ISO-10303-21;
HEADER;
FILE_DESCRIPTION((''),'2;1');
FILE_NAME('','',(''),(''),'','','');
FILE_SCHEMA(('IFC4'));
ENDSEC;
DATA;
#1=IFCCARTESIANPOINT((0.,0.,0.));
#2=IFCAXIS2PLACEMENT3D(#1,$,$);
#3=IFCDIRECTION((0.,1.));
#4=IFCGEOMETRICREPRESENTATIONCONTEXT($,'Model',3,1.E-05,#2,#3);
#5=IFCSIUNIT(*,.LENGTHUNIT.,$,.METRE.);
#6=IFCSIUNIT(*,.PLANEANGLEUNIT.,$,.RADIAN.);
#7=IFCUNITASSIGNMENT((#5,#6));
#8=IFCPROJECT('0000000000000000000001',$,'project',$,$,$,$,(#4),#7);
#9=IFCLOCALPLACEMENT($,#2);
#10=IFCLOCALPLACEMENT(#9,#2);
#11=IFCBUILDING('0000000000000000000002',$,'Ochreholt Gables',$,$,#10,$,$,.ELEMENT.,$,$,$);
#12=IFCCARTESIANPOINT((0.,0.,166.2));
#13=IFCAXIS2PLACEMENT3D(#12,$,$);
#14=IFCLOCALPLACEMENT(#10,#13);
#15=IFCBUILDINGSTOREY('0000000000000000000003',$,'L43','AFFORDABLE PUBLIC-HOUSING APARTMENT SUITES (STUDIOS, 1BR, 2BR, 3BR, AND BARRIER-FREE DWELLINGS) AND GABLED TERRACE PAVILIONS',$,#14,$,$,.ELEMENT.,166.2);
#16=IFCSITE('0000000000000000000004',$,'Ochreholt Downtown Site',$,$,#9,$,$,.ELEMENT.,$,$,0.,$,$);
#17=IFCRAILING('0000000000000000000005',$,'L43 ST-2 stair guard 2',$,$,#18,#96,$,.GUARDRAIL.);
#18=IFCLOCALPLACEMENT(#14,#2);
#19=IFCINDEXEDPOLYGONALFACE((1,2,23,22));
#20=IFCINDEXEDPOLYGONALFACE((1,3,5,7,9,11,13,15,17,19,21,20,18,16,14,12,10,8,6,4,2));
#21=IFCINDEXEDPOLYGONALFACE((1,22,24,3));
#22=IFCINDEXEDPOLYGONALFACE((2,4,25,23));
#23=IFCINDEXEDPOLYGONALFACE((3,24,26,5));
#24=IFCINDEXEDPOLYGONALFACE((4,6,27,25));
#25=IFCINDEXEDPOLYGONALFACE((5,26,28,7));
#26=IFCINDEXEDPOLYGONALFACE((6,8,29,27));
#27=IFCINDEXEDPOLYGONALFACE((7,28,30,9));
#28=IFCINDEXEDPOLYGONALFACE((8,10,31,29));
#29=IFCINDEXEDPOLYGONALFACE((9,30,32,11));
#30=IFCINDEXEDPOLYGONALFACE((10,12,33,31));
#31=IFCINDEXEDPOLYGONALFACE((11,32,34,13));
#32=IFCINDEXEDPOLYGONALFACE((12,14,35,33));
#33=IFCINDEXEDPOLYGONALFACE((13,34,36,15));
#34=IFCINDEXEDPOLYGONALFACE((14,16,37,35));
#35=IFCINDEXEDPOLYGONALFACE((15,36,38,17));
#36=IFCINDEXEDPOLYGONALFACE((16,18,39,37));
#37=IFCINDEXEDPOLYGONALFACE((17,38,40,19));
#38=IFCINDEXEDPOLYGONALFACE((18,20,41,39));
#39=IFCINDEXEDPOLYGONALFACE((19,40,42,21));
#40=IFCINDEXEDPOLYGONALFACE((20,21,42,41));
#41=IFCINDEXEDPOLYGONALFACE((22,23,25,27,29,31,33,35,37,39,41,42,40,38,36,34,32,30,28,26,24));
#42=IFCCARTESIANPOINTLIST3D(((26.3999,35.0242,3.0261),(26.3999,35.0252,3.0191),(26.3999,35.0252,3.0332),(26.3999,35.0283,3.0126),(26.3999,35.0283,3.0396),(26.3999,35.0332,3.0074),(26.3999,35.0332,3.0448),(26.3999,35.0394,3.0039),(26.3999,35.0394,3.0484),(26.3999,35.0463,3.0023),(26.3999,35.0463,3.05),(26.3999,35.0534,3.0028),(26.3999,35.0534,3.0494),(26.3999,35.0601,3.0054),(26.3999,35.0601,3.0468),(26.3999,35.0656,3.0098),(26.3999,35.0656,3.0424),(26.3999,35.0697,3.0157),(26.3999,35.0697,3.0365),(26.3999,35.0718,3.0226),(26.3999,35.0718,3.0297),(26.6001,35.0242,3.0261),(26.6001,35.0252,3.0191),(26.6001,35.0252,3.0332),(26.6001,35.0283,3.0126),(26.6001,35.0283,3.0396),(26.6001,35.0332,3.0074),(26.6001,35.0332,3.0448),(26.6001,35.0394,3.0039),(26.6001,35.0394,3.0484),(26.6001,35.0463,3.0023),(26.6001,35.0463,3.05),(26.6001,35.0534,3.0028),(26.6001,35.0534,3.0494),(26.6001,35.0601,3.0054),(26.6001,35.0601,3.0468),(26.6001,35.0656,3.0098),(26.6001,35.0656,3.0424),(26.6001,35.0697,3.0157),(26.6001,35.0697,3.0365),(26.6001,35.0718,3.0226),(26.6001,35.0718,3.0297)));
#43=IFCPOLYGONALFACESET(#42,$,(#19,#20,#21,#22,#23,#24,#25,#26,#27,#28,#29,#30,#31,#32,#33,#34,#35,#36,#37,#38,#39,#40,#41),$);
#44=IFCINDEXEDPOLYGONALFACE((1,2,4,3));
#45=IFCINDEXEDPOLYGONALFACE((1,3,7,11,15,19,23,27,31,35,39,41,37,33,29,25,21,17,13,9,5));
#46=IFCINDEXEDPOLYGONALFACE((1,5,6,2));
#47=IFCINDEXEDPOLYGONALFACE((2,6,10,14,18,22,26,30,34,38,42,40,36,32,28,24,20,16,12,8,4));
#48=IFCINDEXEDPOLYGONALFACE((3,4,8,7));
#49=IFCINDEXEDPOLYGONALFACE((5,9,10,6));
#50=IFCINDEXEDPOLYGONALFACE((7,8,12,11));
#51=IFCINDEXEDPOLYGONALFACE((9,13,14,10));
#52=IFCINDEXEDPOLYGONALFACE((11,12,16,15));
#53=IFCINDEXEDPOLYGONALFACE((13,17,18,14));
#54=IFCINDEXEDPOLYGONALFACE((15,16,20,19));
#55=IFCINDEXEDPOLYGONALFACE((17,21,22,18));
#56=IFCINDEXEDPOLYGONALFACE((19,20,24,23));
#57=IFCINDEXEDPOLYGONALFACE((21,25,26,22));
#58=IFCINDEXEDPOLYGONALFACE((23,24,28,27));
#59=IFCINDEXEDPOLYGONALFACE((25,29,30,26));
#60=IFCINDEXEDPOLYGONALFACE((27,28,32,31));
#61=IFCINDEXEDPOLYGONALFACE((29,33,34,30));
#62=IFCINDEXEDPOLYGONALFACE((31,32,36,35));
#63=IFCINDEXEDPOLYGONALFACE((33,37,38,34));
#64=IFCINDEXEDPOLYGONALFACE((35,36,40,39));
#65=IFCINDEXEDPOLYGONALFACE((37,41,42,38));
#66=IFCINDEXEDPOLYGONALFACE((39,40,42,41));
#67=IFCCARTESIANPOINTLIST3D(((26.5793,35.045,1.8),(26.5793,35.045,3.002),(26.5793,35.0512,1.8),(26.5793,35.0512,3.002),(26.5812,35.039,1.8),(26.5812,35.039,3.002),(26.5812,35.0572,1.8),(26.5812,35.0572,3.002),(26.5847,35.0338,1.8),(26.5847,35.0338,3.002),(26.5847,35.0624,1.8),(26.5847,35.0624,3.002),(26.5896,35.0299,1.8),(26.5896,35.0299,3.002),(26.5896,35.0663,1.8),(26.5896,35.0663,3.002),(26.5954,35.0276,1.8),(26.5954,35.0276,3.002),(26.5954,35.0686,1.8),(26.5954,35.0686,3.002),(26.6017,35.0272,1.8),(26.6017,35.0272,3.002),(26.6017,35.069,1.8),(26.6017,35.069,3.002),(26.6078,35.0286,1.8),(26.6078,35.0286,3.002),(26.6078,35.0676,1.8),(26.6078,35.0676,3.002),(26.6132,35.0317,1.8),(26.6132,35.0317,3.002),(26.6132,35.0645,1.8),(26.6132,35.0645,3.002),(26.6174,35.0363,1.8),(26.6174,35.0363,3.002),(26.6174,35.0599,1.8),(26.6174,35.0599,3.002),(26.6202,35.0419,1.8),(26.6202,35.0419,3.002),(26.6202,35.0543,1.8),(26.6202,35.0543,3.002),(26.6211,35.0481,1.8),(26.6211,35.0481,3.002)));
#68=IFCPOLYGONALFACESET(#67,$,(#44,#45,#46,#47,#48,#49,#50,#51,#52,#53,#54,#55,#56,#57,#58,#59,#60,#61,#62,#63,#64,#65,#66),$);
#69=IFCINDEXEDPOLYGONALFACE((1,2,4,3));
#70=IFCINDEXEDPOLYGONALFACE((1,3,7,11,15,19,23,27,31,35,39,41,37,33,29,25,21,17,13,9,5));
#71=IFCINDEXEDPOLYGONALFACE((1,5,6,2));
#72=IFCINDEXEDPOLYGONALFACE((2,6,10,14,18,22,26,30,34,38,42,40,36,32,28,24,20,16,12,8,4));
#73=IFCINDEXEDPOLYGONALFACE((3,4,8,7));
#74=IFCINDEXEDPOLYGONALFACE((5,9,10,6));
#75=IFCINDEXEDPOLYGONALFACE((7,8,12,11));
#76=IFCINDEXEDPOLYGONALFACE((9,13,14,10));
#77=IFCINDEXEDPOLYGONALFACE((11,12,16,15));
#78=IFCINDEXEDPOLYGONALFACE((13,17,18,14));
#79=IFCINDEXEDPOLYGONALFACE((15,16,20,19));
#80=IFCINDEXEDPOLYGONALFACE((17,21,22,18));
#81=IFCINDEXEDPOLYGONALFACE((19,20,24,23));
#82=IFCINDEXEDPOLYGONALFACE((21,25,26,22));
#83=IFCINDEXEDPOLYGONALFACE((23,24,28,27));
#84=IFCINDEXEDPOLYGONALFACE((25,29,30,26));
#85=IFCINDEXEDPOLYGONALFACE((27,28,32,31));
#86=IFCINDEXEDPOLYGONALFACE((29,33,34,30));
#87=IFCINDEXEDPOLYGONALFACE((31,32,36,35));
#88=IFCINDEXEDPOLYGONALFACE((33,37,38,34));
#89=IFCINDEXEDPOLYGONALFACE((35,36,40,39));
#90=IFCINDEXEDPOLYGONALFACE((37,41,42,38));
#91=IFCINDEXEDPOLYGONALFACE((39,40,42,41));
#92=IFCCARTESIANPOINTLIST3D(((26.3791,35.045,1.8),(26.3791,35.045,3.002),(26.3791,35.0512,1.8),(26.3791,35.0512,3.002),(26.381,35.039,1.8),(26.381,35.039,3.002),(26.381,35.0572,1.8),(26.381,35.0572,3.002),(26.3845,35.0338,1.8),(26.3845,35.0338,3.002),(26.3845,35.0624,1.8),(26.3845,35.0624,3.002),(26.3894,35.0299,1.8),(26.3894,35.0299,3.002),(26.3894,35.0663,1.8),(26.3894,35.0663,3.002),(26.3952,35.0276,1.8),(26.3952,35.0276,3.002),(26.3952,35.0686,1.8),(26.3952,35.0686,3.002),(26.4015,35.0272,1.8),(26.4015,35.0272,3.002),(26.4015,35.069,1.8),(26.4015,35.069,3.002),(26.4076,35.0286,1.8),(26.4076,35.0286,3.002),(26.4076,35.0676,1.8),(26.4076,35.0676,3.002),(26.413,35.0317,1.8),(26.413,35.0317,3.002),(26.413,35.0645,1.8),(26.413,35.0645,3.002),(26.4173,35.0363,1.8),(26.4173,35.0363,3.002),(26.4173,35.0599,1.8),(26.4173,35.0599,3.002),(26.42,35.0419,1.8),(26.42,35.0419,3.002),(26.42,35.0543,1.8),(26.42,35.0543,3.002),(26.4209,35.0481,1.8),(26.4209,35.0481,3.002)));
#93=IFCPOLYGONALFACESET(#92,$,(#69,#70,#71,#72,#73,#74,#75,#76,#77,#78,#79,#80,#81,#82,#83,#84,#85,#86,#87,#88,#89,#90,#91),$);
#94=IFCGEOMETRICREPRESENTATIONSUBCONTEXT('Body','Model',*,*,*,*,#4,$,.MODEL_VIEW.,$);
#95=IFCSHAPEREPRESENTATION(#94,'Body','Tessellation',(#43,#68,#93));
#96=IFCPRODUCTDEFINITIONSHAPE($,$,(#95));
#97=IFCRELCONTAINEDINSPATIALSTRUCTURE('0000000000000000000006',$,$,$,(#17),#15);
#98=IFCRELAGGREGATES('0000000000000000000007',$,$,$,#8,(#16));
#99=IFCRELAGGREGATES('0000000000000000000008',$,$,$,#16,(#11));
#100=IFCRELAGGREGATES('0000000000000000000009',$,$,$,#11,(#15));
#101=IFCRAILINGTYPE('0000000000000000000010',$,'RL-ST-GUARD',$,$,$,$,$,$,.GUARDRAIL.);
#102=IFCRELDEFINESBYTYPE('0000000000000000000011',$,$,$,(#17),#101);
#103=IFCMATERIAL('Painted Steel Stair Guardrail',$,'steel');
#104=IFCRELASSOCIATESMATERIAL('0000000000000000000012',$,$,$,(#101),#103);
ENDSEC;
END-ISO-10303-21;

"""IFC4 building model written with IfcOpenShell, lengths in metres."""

from ifc_helpers import new_model, si_unit, direction, frame, origin, origin_2d, place, context, subcontext, project, spatial, circle, extrude, material, type_object, element, save


model = new_model("IFC4")

# Units and contexts
model_context = context("Model", 3, precision=1e-05, world=origin(), true_north=direction((0.0, 1.0)))
body_context = subcontext(model_context, "Body", "Model", "MODEL_VIEW")
ifc_project = project(units=[si_unit("LENGTHUNIT", "METRE"), si_unit("PLANEANGLEUNIT", "RADIAN")], contexts=[model_context])

# Site, building, storey
site_placement = place(None, origin())
site = spatial("IfcSite", under=ifc_project, at=site_placement, Name="Ochreholt Downtown Site", CompositionType="ELEMENT", RefElevation=0.0)
building_placement = place(site_placement, origin())
building = spatial("IfcBuilding", under=site, at=building_placement, Name="Ochreholt Gables", CompositionType="ELEMENT")
storey_placement = place(building_placement, frame((0.0, 0.0, 166.2)))
storey = spatial("IfcBuildingStorey", under=building, at=storey_placement, Name="L43", Description="AFFORDABLE PUBLIC-HOUSING APARTMENT SUITES (STUDIOS, 1BR, 2BR, 3BR, AND BARRIER-FREE DWELLINGS) AND GABLED TERRACE PAVILIONS", CompositionType="ELEMENT", Elevation=166.2)

# Railing
ifc_material_1 = material(Name="Painted Steel Stair Guardrail", Category="steel")
railing_type_1 = type_object("IfcRailingType", Name="RL-ST-GUARD", PredefinedType="GUARDRAIL", material=ifc_material_1)
railing_1_placement = place(storey_placement, frame((26.6001, 35.0481, 1.8)))
element("IfcRailing", 1, at=railing_1_placement, inside=storey, type_object=railing_type_1, Name="L43 ST-2 stair guard 2", PredefinedType="GUARDRAIL", context=body_context, shape_type="SweptSolid", body=[
    extrude(circle(Radius=0.0239, at=origin_2d()), frame((0.0, 0.0, 1.2261), z_axis=(-1.0, 0.0, 0.0), x_axis=(0.0, -1.0, 0.0)), (0.0, 0.0, 1.0), 0.2002),
    extrude(circle(Radius=0.021, at=origin_2d()), origin(), (0.0, 0.0, 1.0), 1.2019),
    extrude(circle(Radius=0.021, at=origin_2d()), frame((-0.2002, 0.0, 0.0)), (0.0, 0.0, 1.0), 1.2019),
])

save(model, "model.ifc")
